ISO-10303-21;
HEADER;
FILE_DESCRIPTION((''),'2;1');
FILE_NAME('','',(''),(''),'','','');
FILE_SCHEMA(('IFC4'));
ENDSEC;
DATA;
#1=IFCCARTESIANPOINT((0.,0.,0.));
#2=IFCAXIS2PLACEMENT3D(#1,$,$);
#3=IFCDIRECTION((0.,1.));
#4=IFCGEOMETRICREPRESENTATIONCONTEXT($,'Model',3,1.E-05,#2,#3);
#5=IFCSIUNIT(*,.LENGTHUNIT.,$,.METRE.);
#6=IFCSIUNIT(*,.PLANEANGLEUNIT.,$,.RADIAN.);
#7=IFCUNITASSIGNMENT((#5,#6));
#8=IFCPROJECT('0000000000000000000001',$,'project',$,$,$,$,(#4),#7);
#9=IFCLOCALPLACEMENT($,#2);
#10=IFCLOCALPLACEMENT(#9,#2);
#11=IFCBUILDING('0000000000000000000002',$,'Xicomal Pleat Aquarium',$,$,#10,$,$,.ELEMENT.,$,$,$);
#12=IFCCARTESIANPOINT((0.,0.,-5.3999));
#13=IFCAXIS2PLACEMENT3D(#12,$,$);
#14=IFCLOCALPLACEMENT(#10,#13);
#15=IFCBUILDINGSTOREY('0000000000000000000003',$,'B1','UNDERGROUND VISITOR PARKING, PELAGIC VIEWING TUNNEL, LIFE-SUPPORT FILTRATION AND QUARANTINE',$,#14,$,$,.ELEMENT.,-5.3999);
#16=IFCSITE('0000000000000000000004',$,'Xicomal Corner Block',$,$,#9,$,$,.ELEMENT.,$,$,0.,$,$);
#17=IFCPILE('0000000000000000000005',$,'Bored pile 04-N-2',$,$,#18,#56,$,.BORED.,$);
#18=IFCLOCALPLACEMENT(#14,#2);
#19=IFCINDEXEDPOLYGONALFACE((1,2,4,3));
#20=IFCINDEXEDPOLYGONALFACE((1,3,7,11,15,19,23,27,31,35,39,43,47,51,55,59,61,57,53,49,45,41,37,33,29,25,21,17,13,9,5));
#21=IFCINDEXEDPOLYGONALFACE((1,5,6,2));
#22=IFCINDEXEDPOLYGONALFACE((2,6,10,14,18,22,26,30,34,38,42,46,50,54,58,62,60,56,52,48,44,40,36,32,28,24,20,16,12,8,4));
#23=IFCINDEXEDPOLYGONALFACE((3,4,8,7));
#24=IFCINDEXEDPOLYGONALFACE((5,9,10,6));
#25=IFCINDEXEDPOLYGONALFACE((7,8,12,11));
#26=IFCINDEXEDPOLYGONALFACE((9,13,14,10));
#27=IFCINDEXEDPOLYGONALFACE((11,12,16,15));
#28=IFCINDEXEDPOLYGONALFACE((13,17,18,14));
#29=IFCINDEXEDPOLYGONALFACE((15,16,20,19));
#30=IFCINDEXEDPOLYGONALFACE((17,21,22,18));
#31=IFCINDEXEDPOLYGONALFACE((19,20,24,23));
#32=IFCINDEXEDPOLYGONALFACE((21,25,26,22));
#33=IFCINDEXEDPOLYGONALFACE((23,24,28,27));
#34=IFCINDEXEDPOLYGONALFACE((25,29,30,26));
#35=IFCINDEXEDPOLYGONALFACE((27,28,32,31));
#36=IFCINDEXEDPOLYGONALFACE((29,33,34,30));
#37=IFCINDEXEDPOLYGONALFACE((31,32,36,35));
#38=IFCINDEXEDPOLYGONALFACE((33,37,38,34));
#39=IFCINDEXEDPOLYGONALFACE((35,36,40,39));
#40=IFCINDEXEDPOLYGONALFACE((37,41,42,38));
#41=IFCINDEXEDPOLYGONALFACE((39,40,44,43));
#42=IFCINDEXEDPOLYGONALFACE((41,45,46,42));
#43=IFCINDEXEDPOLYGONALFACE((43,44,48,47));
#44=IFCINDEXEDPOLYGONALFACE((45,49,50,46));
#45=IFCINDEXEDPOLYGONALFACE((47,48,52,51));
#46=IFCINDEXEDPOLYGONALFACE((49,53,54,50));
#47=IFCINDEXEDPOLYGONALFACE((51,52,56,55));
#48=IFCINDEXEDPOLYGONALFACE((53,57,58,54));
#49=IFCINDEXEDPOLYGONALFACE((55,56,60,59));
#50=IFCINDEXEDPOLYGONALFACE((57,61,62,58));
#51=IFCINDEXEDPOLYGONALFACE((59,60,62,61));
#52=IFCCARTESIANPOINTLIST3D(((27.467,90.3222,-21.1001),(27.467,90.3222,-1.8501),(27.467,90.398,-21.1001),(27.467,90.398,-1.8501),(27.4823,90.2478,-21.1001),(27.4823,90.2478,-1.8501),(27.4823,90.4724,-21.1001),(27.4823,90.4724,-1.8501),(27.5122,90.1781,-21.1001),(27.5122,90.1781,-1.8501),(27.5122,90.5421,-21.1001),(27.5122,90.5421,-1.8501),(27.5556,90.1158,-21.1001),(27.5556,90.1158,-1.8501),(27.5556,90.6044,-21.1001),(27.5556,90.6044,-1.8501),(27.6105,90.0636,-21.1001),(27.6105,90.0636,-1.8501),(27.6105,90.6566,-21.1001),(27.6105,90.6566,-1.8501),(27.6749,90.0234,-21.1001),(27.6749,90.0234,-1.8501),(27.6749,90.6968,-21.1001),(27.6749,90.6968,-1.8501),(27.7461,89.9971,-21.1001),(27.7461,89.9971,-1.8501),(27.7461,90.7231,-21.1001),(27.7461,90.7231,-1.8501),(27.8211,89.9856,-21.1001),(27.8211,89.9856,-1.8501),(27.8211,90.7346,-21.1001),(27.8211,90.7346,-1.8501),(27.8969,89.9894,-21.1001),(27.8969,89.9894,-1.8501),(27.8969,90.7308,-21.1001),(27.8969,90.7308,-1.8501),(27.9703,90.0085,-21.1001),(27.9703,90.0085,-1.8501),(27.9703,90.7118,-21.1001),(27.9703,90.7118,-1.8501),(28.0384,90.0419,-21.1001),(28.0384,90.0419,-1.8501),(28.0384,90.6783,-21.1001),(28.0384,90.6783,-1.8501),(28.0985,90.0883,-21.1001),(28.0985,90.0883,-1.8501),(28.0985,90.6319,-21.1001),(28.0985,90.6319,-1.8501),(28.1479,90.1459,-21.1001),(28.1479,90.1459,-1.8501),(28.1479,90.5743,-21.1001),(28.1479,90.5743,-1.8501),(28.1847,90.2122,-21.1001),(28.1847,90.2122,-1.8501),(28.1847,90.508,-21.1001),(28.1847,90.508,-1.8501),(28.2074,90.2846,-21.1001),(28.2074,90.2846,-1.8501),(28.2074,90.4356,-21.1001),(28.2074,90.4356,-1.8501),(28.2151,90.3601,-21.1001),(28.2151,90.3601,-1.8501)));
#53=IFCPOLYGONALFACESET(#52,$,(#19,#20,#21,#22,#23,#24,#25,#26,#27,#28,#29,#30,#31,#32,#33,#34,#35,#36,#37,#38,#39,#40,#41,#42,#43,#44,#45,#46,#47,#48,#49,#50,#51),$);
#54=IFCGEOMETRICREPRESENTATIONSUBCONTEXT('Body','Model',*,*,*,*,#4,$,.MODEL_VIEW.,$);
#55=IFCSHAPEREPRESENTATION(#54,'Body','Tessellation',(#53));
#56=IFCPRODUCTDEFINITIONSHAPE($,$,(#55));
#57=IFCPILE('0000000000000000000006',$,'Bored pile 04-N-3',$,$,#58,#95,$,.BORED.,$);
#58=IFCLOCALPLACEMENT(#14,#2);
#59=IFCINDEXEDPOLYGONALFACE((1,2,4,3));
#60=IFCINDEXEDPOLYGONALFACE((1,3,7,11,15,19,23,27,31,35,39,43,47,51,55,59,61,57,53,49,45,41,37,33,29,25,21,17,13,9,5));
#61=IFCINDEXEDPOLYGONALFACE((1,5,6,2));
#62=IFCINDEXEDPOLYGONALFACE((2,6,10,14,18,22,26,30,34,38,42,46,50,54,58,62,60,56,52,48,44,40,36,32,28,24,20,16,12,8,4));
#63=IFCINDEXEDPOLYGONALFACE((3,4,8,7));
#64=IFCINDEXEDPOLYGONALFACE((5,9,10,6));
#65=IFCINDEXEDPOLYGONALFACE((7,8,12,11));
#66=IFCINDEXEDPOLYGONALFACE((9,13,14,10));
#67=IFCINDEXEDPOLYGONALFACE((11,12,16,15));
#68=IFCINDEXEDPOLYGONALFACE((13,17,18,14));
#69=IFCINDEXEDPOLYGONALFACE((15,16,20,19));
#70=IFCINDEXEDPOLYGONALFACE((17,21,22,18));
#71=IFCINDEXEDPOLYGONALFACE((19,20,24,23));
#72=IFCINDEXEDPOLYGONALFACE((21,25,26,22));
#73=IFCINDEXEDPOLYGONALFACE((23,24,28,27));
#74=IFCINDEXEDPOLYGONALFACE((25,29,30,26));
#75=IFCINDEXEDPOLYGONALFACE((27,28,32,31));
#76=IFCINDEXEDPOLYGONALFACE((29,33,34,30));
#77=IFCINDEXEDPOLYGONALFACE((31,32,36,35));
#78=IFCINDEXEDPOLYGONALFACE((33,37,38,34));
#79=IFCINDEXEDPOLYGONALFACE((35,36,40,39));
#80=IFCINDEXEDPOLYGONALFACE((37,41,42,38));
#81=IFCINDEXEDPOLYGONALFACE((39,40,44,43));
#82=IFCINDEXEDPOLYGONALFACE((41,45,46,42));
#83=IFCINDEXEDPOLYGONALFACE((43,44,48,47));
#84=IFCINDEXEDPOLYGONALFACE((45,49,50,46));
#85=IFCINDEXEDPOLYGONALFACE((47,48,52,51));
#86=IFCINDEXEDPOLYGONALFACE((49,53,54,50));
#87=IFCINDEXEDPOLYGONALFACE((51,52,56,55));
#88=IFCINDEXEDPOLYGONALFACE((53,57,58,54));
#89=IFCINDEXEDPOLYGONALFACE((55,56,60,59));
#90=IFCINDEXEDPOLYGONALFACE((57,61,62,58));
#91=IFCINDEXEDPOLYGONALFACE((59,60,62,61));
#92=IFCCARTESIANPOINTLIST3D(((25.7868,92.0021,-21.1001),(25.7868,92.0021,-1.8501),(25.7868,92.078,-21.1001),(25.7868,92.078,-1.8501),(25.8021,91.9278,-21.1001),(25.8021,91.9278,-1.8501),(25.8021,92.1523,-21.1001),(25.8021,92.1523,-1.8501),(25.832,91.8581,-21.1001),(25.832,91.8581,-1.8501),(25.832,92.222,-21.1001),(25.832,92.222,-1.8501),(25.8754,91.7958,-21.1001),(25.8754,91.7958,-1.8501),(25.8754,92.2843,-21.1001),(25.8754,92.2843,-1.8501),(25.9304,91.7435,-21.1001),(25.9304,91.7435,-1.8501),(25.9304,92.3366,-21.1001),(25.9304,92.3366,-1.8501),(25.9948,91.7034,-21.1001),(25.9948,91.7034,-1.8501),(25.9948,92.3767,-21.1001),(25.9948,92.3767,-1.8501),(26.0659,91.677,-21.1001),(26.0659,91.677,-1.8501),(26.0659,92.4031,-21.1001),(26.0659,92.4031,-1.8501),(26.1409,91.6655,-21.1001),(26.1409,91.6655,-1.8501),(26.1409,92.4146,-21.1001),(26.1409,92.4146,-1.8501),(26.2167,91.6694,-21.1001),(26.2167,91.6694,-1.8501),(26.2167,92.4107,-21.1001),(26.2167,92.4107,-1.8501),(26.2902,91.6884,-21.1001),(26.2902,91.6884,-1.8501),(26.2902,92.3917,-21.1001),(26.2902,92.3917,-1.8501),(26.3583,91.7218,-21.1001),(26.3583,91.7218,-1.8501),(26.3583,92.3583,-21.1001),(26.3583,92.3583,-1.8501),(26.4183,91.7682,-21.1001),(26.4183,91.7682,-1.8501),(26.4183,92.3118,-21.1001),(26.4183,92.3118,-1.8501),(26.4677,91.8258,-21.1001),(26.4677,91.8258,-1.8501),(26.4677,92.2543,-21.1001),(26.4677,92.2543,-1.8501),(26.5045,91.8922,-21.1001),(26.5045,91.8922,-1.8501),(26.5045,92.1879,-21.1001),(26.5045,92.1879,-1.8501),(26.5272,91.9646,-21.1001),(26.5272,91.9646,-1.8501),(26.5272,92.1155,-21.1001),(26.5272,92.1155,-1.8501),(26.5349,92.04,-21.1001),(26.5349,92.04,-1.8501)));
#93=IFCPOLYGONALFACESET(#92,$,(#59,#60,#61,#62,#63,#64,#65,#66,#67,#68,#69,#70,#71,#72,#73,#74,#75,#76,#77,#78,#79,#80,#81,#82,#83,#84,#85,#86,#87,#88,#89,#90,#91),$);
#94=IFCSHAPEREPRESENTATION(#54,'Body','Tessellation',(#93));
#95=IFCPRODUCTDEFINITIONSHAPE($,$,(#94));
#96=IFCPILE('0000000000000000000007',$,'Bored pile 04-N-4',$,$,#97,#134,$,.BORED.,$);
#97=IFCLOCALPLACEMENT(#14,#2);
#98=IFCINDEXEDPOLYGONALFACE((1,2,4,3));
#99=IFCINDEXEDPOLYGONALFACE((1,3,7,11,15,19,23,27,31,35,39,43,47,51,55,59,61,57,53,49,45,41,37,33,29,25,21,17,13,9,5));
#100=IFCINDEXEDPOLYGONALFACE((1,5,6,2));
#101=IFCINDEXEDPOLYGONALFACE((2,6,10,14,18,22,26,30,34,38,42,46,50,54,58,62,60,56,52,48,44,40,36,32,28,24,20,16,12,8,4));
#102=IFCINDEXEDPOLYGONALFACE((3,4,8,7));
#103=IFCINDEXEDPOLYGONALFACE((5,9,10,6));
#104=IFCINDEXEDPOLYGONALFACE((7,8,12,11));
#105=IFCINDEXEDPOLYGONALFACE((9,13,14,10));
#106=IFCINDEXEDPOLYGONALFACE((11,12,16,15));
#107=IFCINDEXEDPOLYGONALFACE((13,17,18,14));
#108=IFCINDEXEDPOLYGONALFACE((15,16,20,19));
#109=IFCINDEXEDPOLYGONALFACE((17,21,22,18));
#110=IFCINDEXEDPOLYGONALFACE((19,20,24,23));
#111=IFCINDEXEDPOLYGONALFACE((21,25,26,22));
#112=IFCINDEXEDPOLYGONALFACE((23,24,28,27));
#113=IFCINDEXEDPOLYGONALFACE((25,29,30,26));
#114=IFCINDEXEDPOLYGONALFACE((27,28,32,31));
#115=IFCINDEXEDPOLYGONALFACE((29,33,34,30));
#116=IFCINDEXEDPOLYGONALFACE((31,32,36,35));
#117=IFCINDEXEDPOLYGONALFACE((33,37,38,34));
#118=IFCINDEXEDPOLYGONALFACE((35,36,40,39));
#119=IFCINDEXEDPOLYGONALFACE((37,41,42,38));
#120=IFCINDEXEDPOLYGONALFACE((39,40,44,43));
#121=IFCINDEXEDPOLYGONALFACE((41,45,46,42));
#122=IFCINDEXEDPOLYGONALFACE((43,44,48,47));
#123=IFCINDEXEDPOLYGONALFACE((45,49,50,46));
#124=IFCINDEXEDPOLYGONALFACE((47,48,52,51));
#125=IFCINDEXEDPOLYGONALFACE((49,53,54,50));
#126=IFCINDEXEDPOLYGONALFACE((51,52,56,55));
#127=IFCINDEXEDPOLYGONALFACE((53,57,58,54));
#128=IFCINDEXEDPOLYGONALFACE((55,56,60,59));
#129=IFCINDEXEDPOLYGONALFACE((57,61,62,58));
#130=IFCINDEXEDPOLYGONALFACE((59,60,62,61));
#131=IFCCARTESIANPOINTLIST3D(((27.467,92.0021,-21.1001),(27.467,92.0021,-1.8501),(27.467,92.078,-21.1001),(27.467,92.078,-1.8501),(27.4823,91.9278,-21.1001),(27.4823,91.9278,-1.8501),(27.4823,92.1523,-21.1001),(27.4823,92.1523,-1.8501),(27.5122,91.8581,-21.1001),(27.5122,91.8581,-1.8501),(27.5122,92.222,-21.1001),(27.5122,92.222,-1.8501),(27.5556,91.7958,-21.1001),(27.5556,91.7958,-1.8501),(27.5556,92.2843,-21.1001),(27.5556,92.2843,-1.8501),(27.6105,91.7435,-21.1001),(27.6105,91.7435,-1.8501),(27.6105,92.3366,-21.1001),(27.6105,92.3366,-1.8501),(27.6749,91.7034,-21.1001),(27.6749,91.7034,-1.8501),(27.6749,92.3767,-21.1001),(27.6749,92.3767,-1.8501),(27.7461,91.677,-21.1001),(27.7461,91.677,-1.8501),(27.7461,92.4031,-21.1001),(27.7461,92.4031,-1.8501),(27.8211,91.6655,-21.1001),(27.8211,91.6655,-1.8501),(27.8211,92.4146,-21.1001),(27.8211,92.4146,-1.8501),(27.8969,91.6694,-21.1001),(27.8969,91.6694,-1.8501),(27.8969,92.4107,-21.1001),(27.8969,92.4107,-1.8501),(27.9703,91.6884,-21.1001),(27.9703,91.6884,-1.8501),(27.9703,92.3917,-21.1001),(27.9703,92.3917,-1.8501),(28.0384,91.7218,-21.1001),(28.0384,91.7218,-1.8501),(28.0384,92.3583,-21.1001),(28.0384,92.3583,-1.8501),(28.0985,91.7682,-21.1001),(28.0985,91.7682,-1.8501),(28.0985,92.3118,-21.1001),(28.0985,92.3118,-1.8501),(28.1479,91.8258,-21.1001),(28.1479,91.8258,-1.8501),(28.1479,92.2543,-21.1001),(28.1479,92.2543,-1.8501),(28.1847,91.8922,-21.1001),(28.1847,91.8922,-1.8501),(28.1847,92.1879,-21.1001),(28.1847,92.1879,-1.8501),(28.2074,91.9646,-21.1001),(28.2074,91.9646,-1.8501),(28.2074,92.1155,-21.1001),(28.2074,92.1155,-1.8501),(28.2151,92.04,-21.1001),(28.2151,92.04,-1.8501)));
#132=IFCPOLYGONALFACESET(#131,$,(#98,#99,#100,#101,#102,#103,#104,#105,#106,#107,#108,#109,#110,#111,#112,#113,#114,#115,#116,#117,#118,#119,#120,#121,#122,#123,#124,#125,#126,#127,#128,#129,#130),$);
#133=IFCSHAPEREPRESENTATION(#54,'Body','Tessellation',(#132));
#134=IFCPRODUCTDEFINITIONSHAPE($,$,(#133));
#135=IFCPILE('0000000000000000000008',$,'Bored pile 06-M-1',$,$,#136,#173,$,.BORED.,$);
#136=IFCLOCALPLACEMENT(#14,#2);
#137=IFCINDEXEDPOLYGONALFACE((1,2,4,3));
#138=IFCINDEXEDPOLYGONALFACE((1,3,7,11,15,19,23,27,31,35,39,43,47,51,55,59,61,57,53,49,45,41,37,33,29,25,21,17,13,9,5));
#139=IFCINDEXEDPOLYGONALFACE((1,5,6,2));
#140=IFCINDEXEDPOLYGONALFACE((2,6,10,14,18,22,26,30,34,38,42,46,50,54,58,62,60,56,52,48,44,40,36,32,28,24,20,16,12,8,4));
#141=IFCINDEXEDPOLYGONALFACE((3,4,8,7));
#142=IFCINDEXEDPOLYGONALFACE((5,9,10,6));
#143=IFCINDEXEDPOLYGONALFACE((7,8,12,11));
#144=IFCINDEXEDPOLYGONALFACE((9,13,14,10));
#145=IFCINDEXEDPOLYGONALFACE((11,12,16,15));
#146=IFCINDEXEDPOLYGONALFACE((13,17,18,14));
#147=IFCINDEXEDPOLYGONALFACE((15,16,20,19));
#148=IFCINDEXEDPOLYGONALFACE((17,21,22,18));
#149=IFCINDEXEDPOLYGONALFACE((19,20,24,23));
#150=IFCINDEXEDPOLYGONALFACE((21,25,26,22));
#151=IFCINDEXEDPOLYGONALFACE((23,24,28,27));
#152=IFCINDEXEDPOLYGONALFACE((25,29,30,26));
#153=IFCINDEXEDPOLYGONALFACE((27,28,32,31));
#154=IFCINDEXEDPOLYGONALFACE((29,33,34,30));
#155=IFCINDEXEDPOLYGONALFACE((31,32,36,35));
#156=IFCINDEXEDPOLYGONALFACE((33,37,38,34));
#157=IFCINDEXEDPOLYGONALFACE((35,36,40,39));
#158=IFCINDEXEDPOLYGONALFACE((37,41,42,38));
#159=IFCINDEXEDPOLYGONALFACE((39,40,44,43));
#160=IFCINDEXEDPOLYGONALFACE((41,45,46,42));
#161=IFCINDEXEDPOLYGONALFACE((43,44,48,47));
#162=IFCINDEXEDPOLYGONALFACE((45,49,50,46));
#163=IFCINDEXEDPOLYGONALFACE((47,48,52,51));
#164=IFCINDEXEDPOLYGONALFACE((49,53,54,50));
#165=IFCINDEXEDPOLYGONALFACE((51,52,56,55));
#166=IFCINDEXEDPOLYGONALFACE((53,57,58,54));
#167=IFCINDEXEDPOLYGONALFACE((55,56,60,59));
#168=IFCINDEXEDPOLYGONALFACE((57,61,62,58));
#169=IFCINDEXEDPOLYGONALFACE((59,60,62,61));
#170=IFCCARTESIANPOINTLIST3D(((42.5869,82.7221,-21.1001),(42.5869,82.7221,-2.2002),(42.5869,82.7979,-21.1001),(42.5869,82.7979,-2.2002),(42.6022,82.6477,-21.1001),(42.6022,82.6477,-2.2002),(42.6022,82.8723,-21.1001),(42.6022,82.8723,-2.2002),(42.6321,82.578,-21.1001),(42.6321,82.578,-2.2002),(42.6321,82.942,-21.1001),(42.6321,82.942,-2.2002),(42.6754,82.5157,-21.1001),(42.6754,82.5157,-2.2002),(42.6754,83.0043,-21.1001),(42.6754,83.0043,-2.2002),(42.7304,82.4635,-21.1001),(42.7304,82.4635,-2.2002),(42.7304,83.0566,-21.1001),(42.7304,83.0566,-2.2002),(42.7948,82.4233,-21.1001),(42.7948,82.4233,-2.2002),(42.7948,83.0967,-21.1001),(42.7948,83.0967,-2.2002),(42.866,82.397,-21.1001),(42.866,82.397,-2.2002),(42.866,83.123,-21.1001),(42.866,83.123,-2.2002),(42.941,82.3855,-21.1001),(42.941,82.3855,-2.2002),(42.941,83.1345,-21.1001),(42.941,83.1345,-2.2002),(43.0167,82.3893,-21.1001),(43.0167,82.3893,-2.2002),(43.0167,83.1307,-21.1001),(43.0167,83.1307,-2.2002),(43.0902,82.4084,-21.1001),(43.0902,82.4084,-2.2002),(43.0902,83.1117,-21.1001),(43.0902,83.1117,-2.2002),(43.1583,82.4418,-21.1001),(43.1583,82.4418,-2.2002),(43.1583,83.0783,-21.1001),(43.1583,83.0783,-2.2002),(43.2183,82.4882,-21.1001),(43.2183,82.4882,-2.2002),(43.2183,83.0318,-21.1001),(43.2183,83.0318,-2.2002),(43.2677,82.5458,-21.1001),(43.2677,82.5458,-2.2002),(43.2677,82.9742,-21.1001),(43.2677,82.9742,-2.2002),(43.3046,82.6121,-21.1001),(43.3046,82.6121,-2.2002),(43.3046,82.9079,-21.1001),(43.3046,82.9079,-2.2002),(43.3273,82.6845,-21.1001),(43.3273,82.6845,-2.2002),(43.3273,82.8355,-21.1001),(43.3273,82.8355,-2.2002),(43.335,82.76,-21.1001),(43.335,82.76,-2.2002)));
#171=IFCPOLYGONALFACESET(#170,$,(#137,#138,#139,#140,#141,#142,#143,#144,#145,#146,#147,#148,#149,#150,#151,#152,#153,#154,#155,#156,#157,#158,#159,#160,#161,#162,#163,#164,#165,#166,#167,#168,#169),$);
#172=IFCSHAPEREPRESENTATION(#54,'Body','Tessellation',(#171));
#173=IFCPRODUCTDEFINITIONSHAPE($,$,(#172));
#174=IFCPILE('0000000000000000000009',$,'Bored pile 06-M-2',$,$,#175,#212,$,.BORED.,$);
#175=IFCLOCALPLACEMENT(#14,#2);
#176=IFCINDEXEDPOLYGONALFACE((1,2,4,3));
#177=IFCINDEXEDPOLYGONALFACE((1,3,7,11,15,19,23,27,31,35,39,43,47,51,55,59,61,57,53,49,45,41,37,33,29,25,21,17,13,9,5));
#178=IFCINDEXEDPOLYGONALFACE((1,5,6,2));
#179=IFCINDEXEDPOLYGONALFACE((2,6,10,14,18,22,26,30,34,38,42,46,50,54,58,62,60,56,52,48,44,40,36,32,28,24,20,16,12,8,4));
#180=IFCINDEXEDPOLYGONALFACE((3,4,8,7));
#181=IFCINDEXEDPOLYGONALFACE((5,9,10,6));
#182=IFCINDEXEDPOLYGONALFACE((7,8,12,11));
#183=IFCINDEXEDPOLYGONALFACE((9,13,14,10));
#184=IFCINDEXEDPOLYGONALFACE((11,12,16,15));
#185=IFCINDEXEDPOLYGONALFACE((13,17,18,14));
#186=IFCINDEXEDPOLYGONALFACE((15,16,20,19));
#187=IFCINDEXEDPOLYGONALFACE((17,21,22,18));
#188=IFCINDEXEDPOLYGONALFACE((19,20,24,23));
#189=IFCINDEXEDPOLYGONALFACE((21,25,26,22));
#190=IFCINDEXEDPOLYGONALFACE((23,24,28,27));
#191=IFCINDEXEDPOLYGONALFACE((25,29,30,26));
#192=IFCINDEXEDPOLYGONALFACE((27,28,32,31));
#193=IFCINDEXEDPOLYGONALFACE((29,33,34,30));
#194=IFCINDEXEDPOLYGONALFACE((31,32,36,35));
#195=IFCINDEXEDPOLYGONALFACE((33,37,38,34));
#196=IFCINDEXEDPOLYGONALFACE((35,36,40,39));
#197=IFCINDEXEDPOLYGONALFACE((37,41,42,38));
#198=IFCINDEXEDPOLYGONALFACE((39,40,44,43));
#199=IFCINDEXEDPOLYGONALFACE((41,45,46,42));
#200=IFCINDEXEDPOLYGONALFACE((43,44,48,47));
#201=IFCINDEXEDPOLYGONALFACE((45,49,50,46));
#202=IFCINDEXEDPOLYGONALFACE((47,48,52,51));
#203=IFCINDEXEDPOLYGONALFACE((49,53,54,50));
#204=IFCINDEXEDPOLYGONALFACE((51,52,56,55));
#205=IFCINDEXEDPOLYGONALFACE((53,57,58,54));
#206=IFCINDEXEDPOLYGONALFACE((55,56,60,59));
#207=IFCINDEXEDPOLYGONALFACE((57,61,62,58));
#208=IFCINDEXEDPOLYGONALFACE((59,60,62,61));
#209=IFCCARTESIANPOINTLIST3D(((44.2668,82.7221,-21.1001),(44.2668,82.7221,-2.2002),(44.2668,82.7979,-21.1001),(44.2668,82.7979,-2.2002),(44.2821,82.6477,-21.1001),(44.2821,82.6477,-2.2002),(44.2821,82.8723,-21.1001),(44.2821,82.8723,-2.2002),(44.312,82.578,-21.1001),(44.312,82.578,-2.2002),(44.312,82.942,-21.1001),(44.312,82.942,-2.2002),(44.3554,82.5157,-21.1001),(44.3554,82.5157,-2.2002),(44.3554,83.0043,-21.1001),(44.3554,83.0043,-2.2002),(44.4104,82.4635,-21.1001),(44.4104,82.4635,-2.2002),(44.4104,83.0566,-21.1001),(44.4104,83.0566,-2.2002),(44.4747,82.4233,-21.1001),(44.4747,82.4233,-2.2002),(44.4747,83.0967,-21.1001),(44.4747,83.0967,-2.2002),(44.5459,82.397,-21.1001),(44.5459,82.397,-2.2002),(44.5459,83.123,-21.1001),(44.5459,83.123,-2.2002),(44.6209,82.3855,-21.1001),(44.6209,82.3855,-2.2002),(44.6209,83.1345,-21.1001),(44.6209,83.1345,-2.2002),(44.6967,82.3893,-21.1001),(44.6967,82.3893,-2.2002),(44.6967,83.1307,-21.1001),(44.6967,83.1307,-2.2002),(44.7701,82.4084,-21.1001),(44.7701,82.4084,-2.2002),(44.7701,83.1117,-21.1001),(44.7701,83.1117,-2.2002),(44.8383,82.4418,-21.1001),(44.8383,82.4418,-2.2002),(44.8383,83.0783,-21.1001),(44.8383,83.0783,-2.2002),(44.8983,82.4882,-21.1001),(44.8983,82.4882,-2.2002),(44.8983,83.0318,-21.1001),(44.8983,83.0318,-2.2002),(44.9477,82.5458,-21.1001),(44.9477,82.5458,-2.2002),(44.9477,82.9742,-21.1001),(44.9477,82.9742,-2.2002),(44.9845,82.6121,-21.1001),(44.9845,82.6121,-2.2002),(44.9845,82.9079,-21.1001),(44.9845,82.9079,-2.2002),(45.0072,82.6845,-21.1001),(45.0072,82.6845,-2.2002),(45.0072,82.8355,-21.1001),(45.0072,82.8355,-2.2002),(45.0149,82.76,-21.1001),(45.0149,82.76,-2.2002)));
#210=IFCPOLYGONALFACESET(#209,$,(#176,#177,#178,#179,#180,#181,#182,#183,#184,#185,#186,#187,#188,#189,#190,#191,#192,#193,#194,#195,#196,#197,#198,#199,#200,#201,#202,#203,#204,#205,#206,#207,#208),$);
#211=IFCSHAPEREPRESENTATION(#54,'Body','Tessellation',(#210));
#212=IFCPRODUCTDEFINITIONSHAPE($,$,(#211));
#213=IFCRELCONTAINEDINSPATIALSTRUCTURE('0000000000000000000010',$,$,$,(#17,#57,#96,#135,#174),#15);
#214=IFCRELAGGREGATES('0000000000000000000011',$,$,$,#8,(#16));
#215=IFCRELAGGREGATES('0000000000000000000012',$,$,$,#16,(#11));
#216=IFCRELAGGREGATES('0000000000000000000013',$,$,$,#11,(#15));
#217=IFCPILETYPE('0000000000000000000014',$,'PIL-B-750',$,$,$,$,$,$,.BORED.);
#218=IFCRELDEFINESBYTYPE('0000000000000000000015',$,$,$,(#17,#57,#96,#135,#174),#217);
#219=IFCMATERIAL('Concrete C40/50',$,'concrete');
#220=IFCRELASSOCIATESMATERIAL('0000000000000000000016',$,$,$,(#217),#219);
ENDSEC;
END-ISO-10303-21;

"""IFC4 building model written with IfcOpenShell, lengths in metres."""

from ifc_helpers import new_model, si_unit, direction, frame, origin, origin_2d, place, context, subcontext, project, spatial, circle, extrude, material, material_profile, profile_set, type_object, element, save


model = new_model("IFC4")

# Units and contexts
model_context = context("Model", 3, precision=1e-05, world=origin(), true_north=direction((0.0, 1.0)))
body_context = subcontext(model_context, "Body", "Model", "MODEL_VIEW")
ifc_project = project(units=[si_unit("LENGTHUNIT", "METRE"), si_unit("PLANEANGLEUNIT", "RADIAN")], contexts=[model_context])

# Site, building, storey
site_placement = place(None, origin())
site = spatial("IfcSite", under=ifc_project, at=site_placement, Name="Xicomal Corner Block", CompositionType="ELEMENT", RefElevation=0.0)
building_placement = place(site_placement, origin())
building = spatial("IfcBuilding", under=site, at=building_placement, Name="Xicomal Pleat Aquarium", CompositionType="ELEMENT")
storey_placement = place(building_placement, frame((0.0, 0.0, -5.3999)))
storey = spatial("IfcBuildingStorey", under=building, at=storey_placement, Name="B1", Description="UNDERGROUND VISITOR PARKING, PELAGIC VIEWING TUNNEL, LIFE-SUPPORT FILTRATION AND QUARANTINE", CompositionType="ELEMENT", Elevation=-5.3999)

# Piles
ifc_material_1 = material(Name="Concrete C40/50", Category="concrete")
ifc_material_profile_1 = material_profile(ifc_material_1, circle(Radius=0.375, at=origin_2d()), Name="BORED PILE D750")
ifc_profile_set_1 = profile_set([ifc_material_profile_1], Name="Concrete C40/50")
pile_type_1 = type_object("IfcPileType", Name="PIL-B-750", PredefinedType="BORED", material=ifc_profile_set_1)
for number, where, z_axis, x_axis, name in (
    (1, (27.8401, 90.3601, -1.8501), (0.0, 0.0, -1.0), (1.0, 0.0, 0.0), "Bored pile 04-N-2"),
    (2, (26.1599, 92.04, -1.8501), (0.0, 0.0, -1.0), (1.0, 0.0, 0.0), "Bored pile 04-N-3"),
    (3, (27.8401, 92.04, -1.8501), (0.0, 0.0, -1.0), (1.0, 0.0, 0.0), "Bored pile 04-N-4"),
):
    element("IfcPile", number, at=place(storey_placement, frame(where, z_axis=z_axis, x_axis=x_axis)), inside=storey, type_object=pile_type_1, Name=name, PredefinedType="BORED", context=body_context, shape_type="SweptSolid", body=[
        extrude(circle(Radius=0.375, at=origin_2d()), origin(), (0.0, 0.0, 1.0), 19.25),
    ])
for number, where, z_axis, x_axis, name in (
    (4, (42.96, 82.76, -2.2002), (0.0, 0.0, -1.0), (1.0, 0.0, 0.0), "Bored pile 06-M-1"),
    (5, (44.6399, 82.76, -2.2002), (0.0, 0.0, -1.0), (1.0, 0.0, 0.0), "Bored pile 06-M-2"),
):
    element("IfcPile", number, at=place(storey_placement, frame(where, z_axis=z_axis, x_axis=x_axis)), inside=storey, type_object=pile_type_1, Name=name, PredefinedType="BORED", context=body_context, shape_type="SweptSolid", body=[
        extrude(circle(Radius=0.375, at=origin_2d()), origin(), (0.0, 0.0, 1.0), 18.8999),
    ])

save(model, "model.ifc")
